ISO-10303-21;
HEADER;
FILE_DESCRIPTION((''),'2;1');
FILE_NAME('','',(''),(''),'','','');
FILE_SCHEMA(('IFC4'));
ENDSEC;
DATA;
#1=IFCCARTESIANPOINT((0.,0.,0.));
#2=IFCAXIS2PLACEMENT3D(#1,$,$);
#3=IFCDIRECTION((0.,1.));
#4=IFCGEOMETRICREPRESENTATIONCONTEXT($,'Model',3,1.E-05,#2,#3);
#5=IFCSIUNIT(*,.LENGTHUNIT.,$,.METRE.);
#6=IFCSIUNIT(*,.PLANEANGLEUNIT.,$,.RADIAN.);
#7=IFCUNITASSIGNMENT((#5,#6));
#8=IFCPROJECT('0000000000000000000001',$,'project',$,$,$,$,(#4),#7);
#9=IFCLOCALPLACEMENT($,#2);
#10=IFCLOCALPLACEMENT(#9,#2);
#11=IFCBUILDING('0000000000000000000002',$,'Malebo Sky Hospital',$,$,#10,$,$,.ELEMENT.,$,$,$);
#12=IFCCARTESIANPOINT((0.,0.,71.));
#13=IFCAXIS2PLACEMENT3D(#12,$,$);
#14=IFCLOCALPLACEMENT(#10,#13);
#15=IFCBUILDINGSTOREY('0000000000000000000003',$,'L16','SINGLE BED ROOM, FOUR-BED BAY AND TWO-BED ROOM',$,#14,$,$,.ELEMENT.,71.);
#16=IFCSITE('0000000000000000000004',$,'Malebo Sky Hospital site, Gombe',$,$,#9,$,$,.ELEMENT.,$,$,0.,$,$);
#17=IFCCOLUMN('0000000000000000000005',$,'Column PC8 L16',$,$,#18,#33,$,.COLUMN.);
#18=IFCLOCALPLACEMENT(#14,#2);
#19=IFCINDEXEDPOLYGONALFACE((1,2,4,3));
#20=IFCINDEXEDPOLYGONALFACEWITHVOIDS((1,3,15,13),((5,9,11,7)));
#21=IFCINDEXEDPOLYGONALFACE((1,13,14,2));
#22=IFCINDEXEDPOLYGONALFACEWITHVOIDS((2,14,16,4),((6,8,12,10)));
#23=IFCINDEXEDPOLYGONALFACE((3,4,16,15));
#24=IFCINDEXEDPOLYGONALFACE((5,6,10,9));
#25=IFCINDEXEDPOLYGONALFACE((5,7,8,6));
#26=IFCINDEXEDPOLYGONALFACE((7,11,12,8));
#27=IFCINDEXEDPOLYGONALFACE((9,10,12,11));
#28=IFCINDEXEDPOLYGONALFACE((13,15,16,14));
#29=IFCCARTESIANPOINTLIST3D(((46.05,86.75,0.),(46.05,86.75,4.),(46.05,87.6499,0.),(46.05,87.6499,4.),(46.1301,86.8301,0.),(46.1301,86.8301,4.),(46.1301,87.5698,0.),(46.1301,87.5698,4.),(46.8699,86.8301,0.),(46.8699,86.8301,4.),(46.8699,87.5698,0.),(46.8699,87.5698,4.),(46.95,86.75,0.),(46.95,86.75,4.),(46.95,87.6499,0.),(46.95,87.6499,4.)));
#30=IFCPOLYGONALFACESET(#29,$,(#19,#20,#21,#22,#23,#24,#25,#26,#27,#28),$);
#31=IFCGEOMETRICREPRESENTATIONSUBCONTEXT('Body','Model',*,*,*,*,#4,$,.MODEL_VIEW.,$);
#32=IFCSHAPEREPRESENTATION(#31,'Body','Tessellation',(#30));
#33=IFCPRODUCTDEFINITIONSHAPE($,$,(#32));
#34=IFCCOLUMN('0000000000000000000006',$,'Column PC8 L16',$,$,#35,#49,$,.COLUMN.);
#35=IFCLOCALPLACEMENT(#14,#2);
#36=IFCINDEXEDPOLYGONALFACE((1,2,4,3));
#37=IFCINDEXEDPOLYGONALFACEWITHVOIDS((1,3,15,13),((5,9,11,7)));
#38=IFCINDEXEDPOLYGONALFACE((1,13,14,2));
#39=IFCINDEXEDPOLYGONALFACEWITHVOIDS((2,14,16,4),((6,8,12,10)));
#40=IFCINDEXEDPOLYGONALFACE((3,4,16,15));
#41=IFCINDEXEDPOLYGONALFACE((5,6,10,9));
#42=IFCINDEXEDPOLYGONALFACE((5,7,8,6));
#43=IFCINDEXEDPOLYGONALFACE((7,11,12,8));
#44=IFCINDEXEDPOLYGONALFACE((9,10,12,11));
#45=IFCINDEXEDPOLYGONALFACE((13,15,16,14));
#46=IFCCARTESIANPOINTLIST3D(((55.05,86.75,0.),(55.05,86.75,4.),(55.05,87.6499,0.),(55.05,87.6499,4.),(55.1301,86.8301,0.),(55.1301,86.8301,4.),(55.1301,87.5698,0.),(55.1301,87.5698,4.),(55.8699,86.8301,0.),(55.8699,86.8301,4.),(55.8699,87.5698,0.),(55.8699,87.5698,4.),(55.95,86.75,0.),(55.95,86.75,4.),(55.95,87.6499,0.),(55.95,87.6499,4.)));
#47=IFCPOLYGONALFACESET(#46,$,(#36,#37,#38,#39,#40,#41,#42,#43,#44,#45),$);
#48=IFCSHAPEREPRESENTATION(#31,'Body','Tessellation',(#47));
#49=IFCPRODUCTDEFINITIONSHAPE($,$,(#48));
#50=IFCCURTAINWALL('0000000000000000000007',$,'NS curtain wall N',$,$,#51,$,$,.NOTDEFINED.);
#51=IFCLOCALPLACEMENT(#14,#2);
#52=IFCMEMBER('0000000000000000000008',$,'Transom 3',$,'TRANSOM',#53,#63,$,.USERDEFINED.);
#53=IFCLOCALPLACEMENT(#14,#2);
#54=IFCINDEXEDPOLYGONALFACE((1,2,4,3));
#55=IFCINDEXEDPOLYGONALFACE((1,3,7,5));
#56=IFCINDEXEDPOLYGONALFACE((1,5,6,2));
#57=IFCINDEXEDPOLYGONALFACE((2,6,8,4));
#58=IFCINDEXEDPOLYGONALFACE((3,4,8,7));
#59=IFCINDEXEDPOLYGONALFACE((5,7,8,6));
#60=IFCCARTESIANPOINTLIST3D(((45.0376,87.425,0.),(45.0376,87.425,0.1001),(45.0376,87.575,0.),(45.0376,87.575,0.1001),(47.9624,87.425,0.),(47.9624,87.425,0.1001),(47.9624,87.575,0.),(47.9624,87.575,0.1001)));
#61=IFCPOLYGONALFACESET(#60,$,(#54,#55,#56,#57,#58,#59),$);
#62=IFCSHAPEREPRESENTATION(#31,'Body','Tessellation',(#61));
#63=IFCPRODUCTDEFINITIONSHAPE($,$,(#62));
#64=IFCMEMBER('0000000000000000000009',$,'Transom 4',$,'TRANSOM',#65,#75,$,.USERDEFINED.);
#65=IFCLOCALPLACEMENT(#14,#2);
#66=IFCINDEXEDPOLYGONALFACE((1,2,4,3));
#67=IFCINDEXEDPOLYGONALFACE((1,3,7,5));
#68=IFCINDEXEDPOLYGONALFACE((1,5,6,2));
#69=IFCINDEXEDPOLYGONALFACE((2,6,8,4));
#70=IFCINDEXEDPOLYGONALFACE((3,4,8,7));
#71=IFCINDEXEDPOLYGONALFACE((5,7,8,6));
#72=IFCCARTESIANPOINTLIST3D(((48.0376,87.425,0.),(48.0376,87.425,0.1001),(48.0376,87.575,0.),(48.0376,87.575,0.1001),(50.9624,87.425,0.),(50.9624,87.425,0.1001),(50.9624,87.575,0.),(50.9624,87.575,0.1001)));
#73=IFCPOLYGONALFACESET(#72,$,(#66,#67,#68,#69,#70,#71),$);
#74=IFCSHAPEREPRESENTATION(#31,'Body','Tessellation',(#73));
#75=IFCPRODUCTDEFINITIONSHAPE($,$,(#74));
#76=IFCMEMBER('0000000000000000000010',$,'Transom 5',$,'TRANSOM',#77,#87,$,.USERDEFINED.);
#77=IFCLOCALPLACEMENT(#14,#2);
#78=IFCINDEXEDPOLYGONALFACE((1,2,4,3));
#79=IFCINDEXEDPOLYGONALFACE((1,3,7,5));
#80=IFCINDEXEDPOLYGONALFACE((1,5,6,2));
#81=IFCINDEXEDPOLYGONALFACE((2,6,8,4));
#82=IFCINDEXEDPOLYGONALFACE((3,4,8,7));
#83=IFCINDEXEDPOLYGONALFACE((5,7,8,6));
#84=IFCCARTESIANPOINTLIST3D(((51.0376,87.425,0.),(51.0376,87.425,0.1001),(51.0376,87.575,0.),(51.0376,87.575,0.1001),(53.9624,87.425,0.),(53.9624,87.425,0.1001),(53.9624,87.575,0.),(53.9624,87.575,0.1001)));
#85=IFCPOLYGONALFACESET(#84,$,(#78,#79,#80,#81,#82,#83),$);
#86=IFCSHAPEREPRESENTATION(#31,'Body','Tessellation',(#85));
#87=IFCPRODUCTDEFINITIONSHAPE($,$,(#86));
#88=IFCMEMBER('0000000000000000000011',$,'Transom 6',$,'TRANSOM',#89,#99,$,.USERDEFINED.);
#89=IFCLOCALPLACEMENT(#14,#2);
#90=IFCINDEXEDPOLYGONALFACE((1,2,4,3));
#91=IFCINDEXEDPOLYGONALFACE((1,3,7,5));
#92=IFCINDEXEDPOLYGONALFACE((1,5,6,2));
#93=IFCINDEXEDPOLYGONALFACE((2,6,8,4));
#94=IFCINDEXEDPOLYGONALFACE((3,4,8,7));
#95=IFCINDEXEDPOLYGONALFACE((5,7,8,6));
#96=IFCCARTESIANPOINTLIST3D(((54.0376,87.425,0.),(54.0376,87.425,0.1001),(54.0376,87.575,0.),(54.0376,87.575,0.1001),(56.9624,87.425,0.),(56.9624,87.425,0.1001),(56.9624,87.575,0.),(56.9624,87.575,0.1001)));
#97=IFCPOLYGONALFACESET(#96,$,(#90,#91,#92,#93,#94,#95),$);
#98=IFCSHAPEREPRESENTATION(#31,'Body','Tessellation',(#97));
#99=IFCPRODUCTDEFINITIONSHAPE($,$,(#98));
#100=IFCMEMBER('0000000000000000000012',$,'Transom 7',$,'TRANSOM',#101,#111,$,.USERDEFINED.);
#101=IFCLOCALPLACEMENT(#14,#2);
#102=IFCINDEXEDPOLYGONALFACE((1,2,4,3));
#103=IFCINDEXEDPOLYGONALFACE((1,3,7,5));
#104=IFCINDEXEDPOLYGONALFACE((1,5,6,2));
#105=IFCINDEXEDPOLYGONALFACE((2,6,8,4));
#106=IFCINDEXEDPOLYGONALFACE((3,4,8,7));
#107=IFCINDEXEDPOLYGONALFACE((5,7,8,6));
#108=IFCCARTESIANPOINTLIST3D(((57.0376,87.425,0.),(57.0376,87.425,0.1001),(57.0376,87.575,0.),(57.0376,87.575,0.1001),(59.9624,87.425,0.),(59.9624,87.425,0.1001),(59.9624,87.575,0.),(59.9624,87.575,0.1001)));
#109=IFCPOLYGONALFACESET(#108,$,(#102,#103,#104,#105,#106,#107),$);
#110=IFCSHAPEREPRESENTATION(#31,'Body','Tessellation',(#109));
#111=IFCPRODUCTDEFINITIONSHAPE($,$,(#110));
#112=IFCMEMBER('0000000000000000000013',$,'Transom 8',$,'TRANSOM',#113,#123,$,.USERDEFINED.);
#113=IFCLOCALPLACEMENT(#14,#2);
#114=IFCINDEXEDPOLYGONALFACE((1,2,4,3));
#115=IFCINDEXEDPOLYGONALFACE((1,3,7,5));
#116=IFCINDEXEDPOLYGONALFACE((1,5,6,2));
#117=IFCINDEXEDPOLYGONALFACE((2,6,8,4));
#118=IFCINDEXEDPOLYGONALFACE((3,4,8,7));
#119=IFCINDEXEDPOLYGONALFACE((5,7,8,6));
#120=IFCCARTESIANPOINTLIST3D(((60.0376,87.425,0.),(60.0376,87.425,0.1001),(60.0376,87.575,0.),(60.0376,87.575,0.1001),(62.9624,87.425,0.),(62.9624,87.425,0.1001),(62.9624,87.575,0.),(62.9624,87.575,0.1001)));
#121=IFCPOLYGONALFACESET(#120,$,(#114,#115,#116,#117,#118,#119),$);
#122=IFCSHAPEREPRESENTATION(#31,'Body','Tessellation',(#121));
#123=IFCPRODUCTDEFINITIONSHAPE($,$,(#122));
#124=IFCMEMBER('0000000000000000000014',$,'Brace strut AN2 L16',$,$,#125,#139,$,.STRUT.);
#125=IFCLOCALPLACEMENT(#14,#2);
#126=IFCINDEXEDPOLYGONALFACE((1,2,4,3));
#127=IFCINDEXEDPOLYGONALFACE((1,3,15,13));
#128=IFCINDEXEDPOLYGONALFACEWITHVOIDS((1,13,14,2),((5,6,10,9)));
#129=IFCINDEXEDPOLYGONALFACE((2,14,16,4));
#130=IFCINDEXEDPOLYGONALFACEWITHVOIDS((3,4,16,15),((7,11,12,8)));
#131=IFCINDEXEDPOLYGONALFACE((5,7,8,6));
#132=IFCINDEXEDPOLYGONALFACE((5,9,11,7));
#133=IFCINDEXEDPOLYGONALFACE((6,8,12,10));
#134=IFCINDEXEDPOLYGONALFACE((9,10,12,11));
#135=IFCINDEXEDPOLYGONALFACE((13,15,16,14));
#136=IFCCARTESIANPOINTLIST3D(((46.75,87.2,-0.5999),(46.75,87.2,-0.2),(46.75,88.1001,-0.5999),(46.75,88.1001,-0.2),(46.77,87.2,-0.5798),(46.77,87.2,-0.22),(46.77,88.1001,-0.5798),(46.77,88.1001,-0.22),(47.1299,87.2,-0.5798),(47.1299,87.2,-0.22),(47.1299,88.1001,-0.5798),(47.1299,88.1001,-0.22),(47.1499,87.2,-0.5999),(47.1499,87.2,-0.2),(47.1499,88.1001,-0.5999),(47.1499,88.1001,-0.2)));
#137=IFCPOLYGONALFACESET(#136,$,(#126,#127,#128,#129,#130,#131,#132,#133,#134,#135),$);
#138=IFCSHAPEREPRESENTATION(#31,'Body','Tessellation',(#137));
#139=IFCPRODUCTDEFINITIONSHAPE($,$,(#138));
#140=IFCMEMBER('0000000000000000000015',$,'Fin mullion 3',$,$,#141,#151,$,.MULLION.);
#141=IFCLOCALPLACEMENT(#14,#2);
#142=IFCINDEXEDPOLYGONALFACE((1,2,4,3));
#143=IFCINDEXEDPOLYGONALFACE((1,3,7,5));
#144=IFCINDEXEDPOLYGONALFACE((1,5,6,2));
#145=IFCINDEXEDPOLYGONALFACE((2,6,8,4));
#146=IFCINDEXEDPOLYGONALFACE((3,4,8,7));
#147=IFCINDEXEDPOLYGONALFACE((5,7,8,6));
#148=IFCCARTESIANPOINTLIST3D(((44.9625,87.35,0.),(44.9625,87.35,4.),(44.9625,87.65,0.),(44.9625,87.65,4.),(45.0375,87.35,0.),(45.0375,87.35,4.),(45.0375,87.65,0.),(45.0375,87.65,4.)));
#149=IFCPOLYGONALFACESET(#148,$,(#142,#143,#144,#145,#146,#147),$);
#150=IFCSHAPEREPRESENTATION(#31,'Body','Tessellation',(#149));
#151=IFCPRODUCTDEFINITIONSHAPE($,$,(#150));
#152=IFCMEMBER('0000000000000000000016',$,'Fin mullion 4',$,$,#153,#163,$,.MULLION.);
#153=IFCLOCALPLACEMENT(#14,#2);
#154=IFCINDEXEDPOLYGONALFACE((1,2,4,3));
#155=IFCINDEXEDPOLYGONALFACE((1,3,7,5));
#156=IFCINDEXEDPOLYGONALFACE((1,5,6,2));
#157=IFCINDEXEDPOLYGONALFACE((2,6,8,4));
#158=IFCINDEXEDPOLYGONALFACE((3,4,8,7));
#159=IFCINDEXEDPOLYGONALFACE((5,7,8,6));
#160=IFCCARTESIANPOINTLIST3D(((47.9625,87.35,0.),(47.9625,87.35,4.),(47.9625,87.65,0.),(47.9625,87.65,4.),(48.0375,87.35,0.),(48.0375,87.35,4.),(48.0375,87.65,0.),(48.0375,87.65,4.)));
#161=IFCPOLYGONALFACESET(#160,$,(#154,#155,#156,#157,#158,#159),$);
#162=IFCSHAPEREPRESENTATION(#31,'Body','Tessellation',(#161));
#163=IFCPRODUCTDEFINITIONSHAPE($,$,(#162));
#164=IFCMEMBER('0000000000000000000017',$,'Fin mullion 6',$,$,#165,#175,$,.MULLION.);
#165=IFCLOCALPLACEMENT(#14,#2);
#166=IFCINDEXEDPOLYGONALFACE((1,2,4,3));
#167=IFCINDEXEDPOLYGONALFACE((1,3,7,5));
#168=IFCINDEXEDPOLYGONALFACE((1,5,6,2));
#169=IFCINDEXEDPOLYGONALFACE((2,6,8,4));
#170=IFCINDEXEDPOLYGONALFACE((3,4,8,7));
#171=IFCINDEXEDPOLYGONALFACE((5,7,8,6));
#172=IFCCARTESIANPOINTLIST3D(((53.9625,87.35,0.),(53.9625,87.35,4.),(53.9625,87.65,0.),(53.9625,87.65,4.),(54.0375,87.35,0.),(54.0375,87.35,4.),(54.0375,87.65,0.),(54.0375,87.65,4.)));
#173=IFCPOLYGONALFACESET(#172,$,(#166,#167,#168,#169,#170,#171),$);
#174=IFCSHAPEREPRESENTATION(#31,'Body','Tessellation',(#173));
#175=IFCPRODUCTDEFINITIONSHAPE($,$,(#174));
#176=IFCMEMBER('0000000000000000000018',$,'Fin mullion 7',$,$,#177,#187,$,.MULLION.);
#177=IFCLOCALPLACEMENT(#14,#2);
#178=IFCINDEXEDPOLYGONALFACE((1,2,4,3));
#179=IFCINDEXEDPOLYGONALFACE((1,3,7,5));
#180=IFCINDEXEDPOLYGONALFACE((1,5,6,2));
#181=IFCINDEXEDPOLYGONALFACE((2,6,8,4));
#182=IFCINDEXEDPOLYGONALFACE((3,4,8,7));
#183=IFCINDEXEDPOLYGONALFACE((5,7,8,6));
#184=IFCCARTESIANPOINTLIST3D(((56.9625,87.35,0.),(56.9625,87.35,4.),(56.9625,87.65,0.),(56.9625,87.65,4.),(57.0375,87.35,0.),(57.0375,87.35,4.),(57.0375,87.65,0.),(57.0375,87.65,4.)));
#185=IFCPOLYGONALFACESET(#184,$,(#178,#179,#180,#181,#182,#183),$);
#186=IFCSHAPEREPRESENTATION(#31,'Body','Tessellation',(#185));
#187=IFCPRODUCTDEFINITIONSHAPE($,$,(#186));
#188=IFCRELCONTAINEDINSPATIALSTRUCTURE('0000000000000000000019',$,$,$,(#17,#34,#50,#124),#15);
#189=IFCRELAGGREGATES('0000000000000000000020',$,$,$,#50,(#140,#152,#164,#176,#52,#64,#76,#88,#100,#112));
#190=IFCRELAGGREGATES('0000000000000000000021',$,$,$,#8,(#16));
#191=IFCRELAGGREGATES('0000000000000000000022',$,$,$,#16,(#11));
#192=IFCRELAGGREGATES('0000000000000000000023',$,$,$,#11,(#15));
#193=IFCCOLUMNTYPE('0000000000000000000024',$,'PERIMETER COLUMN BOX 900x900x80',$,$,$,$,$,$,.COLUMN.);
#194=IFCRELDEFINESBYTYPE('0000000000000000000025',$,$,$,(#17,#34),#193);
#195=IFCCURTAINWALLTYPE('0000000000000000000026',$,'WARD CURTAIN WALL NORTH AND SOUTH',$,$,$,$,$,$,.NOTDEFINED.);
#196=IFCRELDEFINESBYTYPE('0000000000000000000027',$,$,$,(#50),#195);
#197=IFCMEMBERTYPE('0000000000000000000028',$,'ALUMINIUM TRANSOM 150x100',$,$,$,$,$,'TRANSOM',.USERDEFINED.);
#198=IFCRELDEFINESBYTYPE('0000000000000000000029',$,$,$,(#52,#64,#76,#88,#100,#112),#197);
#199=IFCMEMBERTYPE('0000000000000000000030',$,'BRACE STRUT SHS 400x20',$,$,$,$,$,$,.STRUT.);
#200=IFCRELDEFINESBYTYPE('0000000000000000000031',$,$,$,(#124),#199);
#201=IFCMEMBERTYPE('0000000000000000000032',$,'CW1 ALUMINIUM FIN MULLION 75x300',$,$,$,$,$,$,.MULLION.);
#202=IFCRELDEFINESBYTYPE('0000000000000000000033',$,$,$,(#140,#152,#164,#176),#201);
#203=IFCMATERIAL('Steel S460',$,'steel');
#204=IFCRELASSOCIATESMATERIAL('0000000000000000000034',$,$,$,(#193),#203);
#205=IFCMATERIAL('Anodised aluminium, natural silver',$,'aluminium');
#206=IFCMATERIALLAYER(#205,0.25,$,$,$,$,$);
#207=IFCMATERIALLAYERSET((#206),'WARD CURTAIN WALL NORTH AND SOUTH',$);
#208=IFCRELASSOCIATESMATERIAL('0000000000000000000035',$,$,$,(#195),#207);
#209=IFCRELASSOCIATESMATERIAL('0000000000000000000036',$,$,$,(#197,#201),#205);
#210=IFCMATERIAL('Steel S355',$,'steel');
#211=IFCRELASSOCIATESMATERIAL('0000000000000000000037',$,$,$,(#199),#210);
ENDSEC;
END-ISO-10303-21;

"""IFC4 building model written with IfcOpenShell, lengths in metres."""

from ifc_helpers import new_model, si_unit, direction, frame, origin, origin_2d, place, context, subcontext, project, spatial, rectangle, hollow_rectangle, extrude, material, layer, layer_set, material_profile, profile_set, type_object, element, aggregate, save


model = new_model("IFC4")

# Units and contexts
model_context = context("Model", 3, precision=1e-05, world=origin(), true_north=direction((0.0, 1.0)))
body_context = subcontext(model_context, "Body", "Model", "MODEL_VIEW")
ifc_project = project(units=[si_unit("LENGTHUNIT", "METRE"), si_unit("PLANEANGLEUNIT", "RADIAN")], contexts=[model_context])

# Site, building, storey
site_placement = place(None, origin())
site = spatial("IfcSite", under=ifc_project, at=site_placement, Name="Malebo Sky Hospital site, Gombe", CompositionType="ELEMENT", RefElevation=0.0)
building_placement = place(site_placement, origin())
building = spatial("IfcBuilding", under=site, at=building_placement, Name="Malebo Sky Hospital", CompositionType="ELEMENT")
storey_placement = place(building_placement, frame((0.0, 0.0, 71.0)))
storey = spatial("IfcBuildingStorey", under=building, at=storey_placement, Name="L16", Description="SINGLE BED ROOM, FOUR-BED BAY AND TWO-BED ROOM", CompositionType="ELEMENT", Elevation=71.0)

# Columns
ifc_material_1 = material(Name="Steel S460", Category="steel")
ifc_material_profile_1 = material_profile(ifc_material_1, hollow_rectangle(XDim=0.8999, YDim=0.8999, WallThickness=0.0801, at=origin_2d()), Name="BOX 900x900x80")
ifc_profile_set_1 = profile_set([ifc_material_profile_1], Name="Steel S460")
column_type = type_object("IfcColumnType", Name="PERIMETER COLUMN BOX 900x900x80", PredefinedType="COLUMN", material=ifc_profile_set_1)
for number, where, z_axis, x_axis, name in (
    (1, (46.5, 87.2, 0.0), (0.0, 0.0, 1.0), (1.0, 0.0, 0.0), "Column PC8 L16"),
    (2, (55.5, 87.2, 0.0), (0.0, 0.0, 1.0), (1.0, 0.0, 0.0), "Column PC8 L16"),
):
    element("IfcColumn", number, at=place(storey_placement, frame(where, z_axis=z_axis, x_axis=x_axis)), inside=storey, type_object=column_type, Name=name, PredefinedType="COLUMN", context=body_context, shape_type="SweptSolid", body=[
        extrude(hollow_rectangle(XDim=0.8999, YDim=0.8999, WallThickness=0.0801, at=origin_2d()), origin(), (0.0, 0.0, 1.0), 4.0),
    ])

# Curtain wall, members
ifc_material_2 = material(Name="Anodised aluminium, natural silver", Category="aluminium")
ifc_layer_1 = layer(ifc_material_2, 0.25)
ifc_layer_set_1 = layer_set([ifc_layer_1], Name="WARD CURTAIN WALL NORTH AND SOUTH")
curtain_wall_type = type_object("IfcCurtainWallType", Name="WARD CURTAIN WALL NORTH AND SOUTH", PredefinedType="NOTDEFINED", material=ifc_layer_set_1)
curtain_wall_placement = place(storey_placement, origin())
curtain_wall = element("IfcCurtainWall", 3, at=curtain_wall_placement, inside=storey, type_object=curtain_wall_type, Name="NS curtain wall N", PredefinedType="NOTDEFINED")
ifc_material_profile_2 = material_profile(ifc_material_2, rectangle(XDim=0.1499, YDim=0.1001, at=origin_2d()), Name="ALUMINIUM TRANSOM 150x100")
ifc_profile_set_2 = profile_set([ifc_material_profile_2], Name="Anodised aluminium, natural silver")
member_type_1 = type_object("IfcMemberType", Name="ALUMINIUM TRANSOM 150x100", ElementType="TRANSOM", PredefinedType="USERDEFINED", material=ifc_profile_set_2)
member_1_placement = place(storey_placement, frame((45.0376, 87.5, 0.05), z_axis=(1.0, 0.0, 0.0), x_axis=(0.0, 1.0, 0.0)))
member_1 = element("IfcMember", 4, at=member_1_placement, type_object=member_type_1, Name="Transom 3", ObjectType="TRANSOM", PredefinedType="USERDEFINED", context=body_context, shape_type="SweptSolid", body=[
    extrude(rectangle(XDim=0.1499, YDim=0.1001, at=origin_2d()), origin(), (0.0, 0.0, 1.0), 2.9248),
])
member_2_placement = place(storey_placement, frame((48.0376, 87.5, 0.05), z_axis=(1.0, 0.0, 0.0), x_axis=(0.0, 1.0, 0.0)))
member_2 = element("IfcMember", 5, at=member_2_placement, type_object=member_type_1, Name="Transom 4", ObjectType="TRANSOM", PredefinedType="USERDEFINED", context=body_context, shape_type="SweptSolid", body=[
    extrude(rectangle(XDim=0.1499, YDim=0.1001, at=origin_2d()), origin(), (0.0, 0.0, 1.0), 2.9248),
])
member_3_placement = place(storey_placement, frame((51.0376, 87.5, 0.05), z_axis=(1.0, 0.0, 0.0), x_axis=(0.0, 1.0, 0.0)))
member_3 = element("IfcMember", 6, at=member_3_placement, type_object=member_type_1, Name="Transom 5", ObjectType="TRANSOM", PredefinedType="USERDEFINED", context=body_context, shape_type="SweptSolid", body=[
    extrude(rectangle(XDim=0.1499, YDim=0.1001, at=origin_2d()), origin(), (0.0, 0.0, 1.0), 2.9248),
])
member_4_placement = place(storey_placement, frame((54.0376, 87.5, 0.05), z_axis=(1.0, 0.0, 0.0), x_axis=(0.0, 1.0, 0.0)))
member_4 = element("IfcMember", 7, at=member_4_placement, type_object=member_type_1, Name="Transom 6", ObjectType="TRANSOM", PredefinedType="USERDEFINED", context=body_context, shape_type="SweptSolid", body=[
    extrude(rectangle(XDim=0.1499, YDim=0.1001, at=origin_2d()), origin(), (0.0, 0.0, 1.0), 2.9248),
])
member_5_placement = place(storey_placement, frame((57.0376, 87.5, 0.05), z_axis=(1.0, 0.0, 0.0), x_axis=(0.0, 1.0, 0.0)))
member_5 = element("IfcMember", 8, at=member_5_placement, type_object=member_type_1, Name="Transom 7", ObjectType="TRANSOM", PredefinedType="USERDEFINED", context=body_context, shape_type="SweptSolid", body=[
    extrude(rectangle(XDim=0.1499, YDim=0.1001, at=origin_2d()), origin(), (0.0, 0.0, 1.0), 2.9248),
])
member_6_placement = place(storey_placement, frame((60.0376, 87.5, 0.05), z_axis=(1.0, 0.0, 0.0), x_axis=(0.0, 1.0, 0.0)))
member_6 = element("IfcMember", 9, at=member_6_placement, type_object=member_type_1, Name="Transom 8", ObjectType="TRANSOM", PredefinedType="USERDEFINED", context=body_context, shape_type="SweptSolid", body=[
    extrude(rectangle(XDim=0.1499, YDim=0.1001, at=origin_2d()), origin(), (0.0, 0.0, 1.0), 2.9248),
])

# Members
ifc_material_3 = material(Name="Steel S355", Category="steel")
ifc_material_profile_3 = material_profile(ifc_material_3, hollow_rectangle(XDim=0.3999, YDim=0.3999, WallThickness=0.02, at=origin_2d()), Name="SHS 400x20")
ifc_profile_set_3 = profile_set([ifc_material_profile_3], Name="Steel S355")
member_type_2 = type_object("IfcMemberType", Name="BRACE STRUT SHS 400x20", PredefinedType="STRUT", material=ifc_profile_set_3)
member_7_placement = place(storey_placement, frame((46.95, 88.1001, -0.3999), z_axis=(0.0, -1.0, 0.0), x_axis=(1.0, 0.0, 0.0)))
element("IfcMember", 10, at=member_7_placement, inside=storey, type_object=member_type_2, Name="Brace strut AN2 L16", PredefinedType="STRUT", context=body_context, shape_type="SweptSolid", body=[
    extrude(hollow_rectangle(XDim=0.3999, YDim=0.3999, WallThickness=0.02, at=origin_2d()), origin(), (0.0, 0.0, 1.0), 0.9001),
])
ifc_material_profile_4 = material_profile(ifc_material_2, rectangle(XDim=0.075, YDim=0.3, at=origin_2d()), Name="CW1 ALUMINIUM FIN MULLION 75x300")
ifc_profile_set_4 = profile_set([ifc_material_profile_4], Name="Anodised aluminium, natural silver")
member_type_3 = type_object("IfcMemberType", Name="CW1 ALUMINIUM FIN MULLION 75x300", PredefinedType="MULLION", material=ifc_profile_set_4)
member_8_placement = place(storey_placement, frame((45.0, 87.5, 0.0), z_axis=(0.0, 0.0, 1.0), x_axis=(1.0, 0.0, 0.0)))
member_8 = element("IfcMember", 11, at=member_8_placement, type_object=member_type_3, Name="Fin mullion 3", PredefinedType="MULLION", context=body_context, shape_type="SweptSolid", body=[
    extrude(rectangle(XDim=0.075, YDim=0.3, at=origin_2d()), origin(), (0.0, 0.0, 1.0), 4.0),
])
member_9_placement = place(storey_placement, frame((48.0, 87.5, 0.0), z_axis=(0.0, 0.0, 1.0), x_axis=(1.0, 0.0, 0.0)))
member_9 = element("IfcMember", 12, at=member_9_placement, type_object=member_type_3, Name="Fin mullion 4", PredefinedType="MULLION", context=body_context, shape_type="SweptSolid", body=[
    extrude(rectangle(XDim=0.075, YDim=0.3, at=origin_2d()), origin(), (0.0, 0.0, 1.0), 4.0),
])
member_10_placement = place(storey_placement, frame((54.0, 87.5, 0.0), z_axis=(0.0, 0.0, 1.0), x_axis=(1.0, 0.0, 0.0)))
member_10 = element("IfcMember", 13, at=member_10_placement, type_object=member_type_3, Name="Fin mullion 6", PredefinedType="MULLION", context=body_context, shape_type="SweptSolid", body=[
    extrude(rectangle(XDim=0.075, YDim=0.3, at=origin_2d()), origin(), (0.0, 0.0, 1.0), 4.0),
])
member_11_placement = place(storey_placement, frame((57.0, 87.5, 0.0), z_axis=(0.0, 0.0, 1.0), x_axis=(1.0, 0.0, 0.0)))
member_11 = element("IfcMember", 14, at=member_11_placement, type_object=member_type_3, Name="Fin mullion 7", PredefinedType="MULLION", context=body_context, shape_type="SweptSolid", body=[
    extrude(rectangle(XDim=0.075, YDim=0.3, at=origin_2d()), origin(), (0.0, 0.0, 1.0), 4.0),
])

aggregate(curtain_wall, [member_8, member_9, member_10, member_11, member_1, member_2, member_3, member_4, member_5, member_6])

save(model, "model.ifc")
